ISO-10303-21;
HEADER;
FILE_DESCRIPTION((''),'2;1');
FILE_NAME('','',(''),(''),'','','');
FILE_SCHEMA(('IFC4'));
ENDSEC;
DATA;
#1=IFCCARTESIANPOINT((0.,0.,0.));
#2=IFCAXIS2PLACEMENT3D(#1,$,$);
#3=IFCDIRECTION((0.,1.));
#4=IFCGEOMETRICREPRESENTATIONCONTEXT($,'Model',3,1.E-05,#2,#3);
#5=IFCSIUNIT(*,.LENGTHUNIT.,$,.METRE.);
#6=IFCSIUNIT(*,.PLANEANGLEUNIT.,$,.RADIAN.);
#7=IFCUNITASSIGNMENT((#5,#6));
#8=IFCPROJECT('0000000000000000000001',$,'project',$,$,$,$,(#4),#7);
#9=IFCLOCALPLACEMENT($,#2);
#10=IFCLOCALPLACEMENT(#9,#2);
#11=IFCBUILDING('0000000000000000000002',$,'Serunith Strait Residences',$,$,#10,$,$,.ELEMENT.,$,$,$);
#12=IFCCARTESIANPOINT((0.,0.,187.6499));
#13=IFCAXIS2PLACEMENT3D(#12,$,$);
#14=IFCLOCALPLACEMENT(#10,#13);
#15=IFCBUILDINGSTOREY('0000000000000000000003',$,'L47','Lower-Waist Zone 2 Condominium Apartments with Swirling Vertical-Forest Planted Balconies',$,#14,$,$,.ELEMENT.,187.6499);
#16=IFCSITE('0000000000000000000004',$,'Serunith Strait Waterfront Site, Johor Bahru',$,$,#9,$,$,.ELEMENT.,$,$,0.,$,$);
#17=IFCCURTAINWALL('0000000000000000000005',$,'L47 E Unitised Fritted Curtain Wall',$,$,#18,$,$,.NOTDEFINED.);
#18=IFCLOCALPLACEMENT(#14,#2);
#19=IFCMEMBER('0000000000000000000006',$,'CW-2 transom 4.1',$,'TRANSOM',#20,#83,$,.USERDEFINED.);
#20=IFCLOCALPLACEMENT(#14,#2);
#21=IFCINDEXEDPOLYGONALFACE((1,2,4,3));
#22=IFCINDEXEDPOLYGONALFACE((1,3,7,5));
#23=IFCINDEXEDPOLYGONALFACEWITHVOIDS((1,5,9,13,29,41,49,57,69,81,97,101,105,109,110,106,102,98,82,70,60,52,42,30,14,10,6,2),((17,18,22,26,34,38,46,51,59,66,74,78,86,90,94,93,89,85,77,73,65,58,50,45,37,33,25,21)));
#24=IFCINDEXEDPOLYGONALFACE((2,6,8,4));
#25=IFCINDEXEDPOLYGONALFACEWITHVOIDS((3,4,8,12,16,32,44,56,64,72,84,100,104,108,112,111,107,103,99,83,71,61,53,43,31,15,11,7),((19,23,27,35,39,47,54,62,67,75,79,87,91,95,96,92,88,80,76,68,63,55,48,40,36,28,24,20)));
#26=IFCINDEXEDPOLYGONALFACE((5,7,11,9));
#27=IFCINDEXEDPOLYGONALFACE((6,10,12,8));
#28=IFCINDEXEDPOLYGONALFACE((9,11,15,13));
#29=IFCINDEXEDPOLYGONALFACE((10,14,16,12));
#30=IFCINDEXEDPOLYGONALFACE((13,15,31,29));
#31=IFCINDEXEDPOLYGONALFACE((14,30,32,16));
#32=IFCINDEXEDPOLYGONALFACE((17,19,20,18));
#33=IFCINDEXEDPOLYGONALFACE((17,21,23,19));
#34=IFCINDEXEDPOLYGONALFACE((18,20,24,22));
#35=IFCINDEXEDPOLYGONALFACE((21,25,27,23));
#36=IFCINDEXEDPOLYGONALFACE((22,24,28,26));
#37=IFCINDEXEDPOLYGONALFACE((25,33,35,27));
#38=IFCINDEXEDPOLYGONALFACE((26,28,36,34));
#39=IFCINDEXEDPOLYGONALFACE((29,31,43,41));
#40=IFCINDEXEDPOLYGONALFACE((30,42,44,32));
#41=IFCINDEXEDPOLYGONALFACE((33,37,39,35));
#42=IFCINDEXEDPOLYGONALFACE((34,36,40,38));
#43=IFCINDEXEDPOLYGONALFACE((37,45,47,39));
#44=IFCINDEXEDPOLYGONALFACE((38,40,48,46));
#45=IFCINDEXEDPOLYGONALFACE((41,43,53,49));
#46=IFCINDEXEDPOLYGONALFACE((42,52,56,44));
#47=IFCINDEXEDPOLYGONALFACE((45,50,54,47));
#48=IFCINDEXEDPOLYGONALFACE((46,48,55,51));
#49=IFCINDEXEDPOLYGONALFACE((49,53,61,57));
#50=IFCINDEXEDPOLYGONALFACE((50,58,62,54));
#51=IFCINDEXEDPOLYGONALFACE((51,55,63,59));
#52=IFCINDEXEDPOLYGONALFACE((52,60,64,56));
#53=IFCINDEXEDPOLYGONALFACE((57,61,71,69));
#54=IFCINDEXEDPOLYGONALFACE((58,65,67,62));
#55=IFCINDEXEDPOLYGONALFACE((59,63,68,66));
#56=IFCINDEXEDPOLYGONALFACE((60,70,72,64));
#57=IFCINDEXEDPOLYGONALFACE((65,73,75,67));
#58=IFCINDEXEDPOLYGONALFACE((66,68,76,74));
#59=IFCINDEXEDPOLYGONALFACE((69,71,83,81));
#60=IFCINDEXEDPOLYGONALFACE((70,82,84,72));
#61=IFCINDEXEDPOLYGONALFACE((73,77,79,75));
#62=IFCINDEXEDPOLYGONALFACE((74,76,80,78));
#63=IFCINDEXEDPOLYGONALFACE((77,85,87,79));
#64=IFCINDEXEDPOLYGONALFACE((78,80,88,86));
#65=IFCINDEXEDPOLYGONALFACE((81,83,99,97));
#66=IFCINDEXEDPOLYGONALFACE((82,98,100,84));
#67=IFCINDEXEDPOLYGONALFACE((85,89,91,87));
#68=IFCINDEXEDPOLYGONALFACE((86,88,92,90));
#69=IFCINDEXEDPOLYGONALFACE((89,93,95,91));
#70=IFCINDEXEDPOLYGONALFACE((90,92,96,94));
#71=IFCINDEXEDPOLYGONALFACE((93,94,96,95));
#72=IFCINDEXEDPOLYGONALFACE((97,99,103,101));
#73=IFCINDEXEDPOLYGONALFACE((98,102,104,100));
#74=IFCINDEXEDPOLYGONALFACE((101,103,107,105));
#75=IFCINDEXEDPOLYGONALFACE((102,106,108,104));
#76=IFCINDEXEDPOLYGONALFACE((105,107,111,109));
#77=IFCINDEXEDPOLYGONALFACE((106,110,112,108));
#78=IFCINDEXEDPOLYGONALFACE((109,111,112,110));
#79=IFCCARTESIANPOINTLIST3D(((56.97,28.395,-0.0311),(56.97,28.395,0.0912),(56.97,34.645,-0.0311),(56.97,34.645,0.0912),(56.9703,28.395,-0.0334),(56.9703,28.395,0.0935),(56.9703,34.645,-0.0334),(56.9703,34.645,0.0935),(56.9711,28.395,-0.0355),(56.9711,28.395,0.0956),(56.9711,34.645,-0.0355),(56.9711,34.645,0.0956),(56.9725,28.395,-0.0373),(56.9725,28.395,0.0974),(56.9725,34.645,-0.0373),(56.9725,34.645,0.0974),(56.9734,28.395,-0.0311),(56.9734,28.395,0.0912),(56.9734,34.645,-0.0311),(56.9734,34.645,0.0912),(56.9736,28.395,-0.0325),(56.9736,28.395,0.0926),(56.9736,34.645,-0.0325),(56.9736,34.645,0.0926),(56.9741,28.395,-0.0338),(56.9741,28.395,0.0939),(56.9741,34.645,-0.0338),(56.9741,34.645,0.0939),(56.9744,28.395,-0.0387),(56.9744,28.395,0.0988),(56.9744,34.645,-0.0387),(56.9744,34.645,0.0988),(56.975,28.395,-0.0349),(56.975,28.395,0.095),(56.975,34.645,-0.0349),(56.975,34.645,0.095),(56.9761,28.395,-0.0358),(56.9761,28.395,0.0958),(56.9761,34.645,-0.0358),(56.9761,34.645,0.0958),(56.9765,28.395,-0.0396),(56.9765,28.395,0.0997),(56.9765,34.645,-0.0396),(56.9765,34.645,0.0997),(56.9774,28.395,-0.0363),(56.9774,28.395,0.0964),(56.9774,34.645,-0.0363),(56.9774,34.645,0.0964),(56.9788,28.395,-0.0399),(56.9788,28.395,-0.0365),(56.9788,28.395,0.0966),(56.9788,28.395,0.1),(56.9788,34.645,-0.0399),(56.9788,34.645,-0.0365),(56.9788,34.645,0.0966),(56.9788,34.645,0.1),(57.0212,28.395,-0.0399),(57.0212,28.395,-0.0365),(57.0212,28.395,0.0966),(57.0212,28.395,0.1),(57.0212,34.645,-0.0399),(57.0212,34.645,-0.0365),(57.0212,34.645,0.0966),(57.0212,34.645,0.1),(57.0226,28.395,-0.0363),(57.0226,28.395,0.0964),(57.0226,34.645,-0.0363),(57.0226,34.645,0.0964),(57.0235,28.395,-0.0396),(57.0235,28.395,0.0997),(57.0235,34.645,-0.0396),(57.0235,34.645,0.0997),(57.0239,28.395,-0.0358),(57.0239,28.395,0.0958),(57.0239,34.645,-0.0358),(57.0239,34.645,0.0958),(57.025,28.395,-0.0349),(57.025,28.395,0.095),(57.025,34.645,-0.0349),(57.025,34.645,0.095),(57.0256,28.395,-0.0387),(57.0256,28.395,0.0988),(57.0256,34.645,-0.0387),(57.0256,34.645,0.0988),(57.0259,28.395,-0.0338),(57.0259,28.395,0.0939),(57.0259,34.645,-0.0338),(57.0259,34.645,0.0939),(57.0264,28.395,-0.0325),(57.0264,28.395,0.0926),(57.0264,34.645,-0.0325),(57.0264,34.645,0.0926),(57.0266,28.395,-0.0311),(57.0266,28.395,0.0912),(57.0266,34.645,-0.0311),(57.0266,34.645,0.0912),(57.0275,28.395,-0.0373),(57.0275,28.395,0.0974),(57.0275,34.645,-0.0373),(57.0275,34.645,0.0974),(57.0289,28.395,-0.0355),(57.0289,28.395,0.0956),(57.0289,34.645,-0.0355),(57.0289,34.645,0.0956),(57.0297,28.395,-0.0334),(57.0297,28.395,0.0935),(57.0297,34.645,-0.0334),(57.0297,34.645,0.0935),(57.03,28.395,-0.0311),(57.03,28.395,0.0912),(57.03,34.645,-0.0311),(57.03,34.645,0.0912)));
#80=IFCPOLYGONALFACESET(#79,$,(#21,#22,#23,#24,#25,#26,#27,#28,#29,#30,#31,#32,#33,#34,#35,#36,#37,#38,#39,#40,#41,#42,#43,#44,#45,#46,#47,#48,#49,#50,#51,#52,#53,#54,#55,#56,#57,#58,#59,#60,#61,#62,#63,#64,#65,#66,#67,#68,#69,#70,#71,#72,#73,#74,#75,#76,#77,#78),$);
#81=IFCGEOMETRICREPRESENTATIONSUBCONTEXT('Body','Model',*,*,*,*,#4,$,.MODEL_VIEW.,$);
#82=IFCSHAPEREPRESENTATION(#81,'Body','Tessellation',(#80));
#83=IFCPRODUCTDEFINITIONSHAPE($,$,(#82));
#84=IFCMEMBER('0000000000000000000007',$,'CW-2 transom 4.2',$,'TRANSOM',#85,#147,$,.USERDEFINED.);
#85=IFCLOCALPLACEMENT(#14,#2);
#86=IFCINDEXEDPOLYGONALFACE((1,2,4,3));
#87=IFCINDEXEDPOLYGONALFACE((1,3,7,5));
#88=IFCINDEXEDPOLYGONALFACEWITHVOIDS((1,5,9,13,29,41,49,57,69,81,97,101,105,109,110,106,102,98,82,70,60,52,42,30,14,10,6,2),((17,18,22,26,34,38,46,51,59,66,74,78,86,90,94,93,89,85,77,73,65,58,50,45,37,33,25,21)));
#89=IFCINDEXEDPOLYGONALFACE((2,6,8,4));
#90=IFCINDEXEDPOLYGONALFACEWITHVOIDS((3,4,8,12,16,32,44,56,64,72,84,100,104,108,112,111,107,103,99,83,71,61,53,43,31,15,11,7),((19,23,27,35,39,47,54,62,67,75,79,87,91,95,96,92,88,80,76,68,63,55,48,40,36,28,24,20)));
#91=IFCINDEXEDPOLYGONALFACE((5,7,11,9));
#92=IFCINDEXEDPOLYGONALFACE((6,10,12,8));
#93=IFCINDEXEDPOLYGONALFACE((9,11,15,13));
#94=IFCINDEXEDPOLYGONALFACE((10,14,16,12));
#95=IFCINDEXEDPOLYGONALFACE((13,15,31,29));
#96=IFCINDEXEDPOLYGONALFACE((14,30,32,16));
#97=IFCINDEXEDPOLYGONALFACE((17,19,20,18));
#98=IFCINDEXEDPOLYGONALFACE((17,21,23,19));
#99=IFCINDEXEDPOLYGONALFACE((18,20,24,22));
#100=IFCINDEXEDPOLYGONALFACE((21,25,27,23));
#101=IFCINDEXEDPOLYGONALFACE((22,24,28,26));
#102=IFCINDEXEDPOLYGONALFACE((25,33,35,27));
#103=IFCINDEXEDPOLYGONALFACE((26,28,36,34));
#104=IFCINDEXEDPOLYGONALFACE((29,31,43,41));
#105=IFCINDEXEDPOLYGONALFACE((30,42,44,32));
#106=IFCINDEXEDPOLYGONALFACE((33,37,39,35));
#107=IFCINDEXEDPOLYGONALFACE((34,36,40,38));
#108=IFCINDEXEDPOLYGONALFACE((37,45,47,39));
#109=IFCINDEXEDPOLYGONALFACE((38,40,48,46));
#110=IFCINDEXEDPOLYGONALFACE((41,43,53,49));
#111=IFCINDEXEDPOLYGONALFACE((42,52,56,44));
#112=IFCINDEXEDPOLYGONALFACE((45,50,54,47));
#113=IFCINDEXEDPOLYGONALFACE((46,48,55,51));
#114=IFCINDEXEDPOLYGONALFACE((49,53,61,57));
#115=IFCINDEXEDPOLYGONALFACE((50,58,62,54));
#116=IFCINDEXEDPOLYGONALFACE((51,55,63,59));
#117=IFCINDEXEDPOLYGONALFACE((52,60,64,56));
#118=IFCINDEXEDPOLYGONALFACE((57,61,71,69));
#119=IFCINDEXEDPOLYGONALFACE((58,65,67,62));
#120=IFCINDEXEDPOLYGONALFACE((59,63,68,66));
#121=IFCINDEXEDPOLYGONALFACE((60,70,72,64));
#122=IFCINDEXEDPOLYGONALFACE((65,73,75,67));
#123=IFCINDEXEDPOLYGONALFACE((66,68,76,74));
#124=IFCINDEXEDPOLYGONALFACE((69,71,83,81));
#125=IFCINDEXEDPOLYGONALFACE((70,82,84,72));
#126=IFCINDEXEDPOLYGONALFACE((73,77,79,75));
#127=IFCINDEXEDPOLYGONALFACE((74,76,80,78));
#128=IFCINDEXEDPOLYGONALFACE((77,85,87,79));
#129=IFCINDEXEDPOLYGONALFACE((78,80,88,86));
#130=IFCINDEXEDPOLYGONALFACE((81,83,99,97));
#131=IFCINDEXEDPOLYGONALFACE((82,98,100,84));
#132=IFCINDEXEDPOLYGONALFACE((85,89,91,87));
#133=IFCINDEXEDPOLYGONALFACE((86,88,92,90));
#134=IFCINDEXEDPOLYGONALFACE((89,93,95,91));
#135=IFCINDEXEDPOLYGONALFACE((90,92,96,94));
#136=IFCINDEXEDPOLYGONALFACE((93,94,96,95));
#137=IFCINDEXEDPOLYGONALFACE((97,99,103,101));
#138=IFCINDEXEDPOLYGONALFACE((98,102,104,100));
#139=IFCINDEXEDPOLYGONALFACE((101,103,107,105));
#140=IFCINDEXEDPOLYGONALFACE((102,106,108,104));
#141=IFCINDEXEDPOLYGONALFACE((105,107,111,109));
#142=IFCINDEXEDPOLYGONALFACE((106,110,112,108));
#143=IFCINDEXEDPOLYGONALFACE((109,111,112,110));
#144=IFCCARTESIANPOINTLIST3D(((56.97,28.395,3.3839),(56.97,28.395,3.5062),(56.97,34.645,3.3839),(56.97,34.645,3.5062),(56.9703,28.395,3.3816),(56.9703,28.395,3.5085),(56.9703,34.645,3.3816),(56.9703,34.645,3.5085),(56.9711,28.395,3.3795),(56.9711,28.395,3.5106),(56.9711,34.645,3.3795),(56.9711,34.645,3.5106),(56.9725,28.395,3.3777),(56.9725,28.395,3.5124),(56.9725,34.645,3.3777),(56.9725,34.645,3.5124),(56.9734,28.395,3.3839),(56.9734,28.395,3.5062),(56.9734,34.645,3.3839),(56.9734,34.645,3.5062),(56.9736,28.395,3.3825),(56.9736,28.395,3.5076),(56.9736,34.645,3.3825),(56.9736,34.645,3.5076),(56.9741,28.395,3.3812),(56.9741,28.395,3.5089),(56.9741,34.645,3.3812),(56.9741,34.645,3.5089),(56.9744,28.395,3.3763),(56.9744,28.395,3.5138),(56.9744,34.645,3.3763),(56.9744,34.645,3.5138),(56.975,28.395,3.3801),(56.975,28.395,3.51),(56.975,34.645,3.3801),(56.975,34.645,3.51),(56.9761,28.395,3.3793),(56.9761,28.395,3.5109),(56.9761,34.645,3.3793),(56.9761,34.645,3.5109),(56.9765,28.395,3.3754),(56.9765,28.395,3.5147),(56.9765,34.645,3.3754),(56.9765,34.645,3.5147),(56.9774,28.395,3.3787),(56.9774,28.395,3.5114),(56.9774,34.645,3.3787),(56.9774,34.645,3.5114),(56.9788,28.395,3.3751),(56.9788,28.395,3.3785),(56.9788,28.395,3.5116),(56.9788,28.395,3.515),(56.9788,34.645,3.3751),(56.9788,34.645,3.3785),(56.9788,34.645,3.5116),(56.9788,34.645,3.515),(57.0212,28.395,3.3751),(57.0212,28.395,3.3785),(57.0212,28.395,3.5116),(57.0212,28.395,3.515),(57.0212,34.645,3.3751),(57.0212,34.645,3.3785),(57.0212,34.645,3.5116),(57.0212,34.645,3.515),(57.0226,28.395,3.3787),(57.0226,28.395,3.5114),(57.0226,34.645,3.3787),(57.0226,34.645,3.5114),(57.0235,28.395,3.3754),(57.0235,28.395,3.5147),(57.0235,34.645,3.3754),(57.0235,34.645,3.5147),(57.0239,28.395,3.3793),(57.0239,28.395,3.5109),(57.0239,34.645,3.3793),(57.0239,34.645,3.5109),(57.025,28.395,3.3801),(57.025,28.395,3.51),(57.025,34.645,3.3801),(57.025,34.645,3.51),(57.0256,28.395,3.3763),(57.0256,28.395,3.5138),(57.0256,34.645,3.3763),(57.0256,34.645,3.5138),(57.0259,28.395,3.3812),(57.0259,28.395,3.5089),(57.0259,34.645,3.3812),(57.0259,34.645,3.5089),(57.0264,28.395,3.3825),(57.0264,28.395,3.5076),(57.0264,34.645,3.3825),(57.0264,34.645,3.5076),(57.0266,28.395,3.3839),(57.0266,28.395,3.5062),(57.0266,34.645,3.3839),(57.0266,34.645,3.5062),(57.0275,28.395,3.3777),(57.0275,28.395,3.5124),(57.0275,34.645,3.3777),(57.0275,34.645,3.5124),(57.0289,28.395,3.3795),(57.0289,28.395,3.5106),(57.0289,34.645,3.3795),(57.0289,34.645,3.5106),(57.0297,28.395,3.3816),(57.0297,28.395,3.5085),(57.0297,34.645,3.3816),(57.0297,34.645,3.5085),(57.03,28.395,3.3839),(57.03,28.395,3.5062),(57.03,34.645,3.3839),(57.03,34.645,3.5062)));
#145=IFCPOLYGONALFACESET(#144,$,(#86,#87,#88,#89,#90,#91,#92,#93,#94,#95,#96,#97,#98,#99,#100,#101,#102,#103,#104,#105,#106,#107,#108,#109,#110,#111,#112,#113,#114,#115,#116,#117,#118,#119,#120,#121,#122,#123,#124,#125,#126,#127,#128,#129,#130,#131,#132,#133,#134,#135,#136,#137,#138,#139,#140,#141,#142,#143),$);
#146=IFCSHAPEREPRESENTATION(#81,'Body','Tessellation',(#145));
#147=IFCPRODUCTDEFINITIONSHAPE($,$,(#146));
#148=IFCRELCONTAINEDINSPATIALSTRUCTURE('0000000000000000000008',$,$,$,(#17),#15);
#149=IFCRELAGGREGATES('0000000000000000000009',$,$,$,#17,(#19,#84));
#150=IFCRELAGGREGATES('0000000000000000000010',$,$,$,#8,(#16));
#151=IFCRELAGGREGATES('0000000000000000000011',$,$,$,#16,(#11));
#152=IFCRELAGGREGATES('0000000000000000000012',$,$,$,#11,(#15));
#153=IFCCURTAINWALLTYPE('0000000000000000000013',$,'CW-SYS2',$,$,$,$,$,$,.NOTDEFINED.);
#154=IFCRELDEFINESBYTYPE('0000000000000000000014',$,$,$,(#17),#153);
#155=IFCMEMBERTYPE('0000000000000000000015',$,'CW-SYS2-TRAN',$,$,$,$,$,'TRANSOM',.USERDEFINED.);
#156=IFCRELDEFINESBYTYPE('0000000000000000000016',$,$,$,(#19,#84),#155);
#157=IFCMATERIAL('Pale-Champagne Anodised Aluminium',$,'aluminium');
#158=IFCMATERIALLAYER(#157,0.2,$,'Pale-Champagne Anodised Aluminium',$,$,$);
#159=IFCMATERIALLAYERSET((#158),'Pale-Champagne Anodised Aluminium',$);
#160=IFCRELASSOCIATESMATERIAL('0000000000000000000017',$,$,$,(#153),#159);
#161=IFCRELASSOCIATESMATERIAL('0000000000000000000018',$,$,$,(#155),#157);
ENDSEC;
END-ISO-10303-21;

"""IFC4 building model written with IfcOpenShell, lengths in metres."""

from ifc_helpers import new_model, si_unit, direction, frame, origin, origin_2d, place, context, subcontext, project, spatial, hollow_rectangle, extrude, source, transform, mapped, material, layer, layer_set, material_profile, profile_set, type_object, element, aggregate, save


model = new_model("IFC4")

# Units and contexts
model_context = context("Model", 3, precision=1e-05, world=origin(), true_north=direction((0.0, 1.0)))
body_context = subcontext(model_context, "Body", "Model", "MODEL_VIEW")
ifc_project = project(units=[si_unit("LENGTHUNIT", "METRE"), si_unit("PLANEANGLEUNIT", "RADIAN")], contexts=[model_context])

# Site, building, storey
site_placement = place(None, origin())
site = spatial("IfcSite", under=ifc_project, at=site_placement, Name="Serunith Strait Waterfront Site, Johor Bahru", CompositionType="ELEMENT", RefElevation=0.0)
building_placement = place(site_placement, origin())
building = spatial("IfcBuilding", under=site, at=building_placement, Name="Serunith Strait Residences", CompositionType="ELEMENT")
storey_placement = place(building_placement, frame((0.0, 0.0, 187.6499)))
storey = spatial("IfcBuildingStorey", under=building, at=storey_placement, Name="L47", Description="Lower-Waist Zone 2 Condominium Apartments with Swirling Vertical-Forest Planted Balconies", CompositionType="ELEMENT", Elevation=187.6499)

# Curtain wall, members
ifc_material_1 = material(Name="Pale-Champagne Anodised Aluminium", Category="aluminium")
ifc_layer_1 = layer(ifc_material_1, 0.2, Name="Pale-Champagne Anodised Aluminium")
ifc_layer_set_1 = layer_set([ifc_layer_1], Name="Pale-Champagne Anodised Aluminium")
curtain_wall_type = type_object("IfcCurtainWallType", Name="CW-SYS2", PredefinedType="NOTDEFINED", material=ifc_layer_set_1)
curtain_wall_placement = place(storey_placement, origin())
curtain_wall = element("IfcCurtainWall", 1, at=curtain_wall_placement, inside=storey, type_object=curtain_wall_type, Name="L47 E Unitised Fritted Curtain Wall", PredefinedType="NOTDEFINED")
ifc_material_profile_1 = material_profile(ifc_material_1, hollow_rectangle(XDim=0.0601, YDim=0.1399, WallThickness=0.0034, InnerFilletRadius=0.0054, OuterFilletRadius=0.0088, at=origin_2d()), Name="ALU 140x60x3.5")
ifc_profile_set_1 = profile_set([ifc_material_profile_1], Name="Pale-Champagne Anodised Aluminium")
member_type_1 = type_object("IfcMemberType", Name="CW-SYS2-TRAN", ElementType="TRANSOM", PredefinedType="USERDEFINED", material=ifc_profile_set_1)
shared_shape_1 = source(origin(), body_context, "Body", "SweptSolid", [
    extrude(hollow_rectangle(XDim=0.0601, YDim=0.1399, WallThickness=0.0034, InnerFilletRadius=0.0054, OuterFilletRadius=0.0088, at=origin_2d()), origin(), (0.0, 0.0, 1.0), 6.25),
])
member_1_placement = place(storey_placement, frame((57.0, 28.395, 0.03), z_axis=(0.0, 1.0, 0.0), x_axis=(-1.0, 0.0, 0.0)))
member_1 = element("IfcMember", 2, at=member_1_placement, type_object=member_type_1, Name="CW-2 transom 4.1", ObjectType="TRANSOM", PredefinedType="USERDEFINED", context=body_context, shape_type="MappedRepresentation", body=[
    mapped(shared_shape_1, transform((0.0, 0.0, 0.0), scale=1.0)),
])
member_2_placement = place(storey_placement, frame((57.0, 28.395, 3.4451), z_axis=(0.0, 1.0, 0.0), x_axis=(-1.0, 0.0, 0.0)))
member_2 = element("IfcMember", 3, at=member_2_placement, type_object=member_type_1, Name="CW-2 transom 4.2", ObjectType="TRANSOM", PredefinedType="USERDEFINED", context=body_context, shape_type="MappedRepresentation", body=[
    mapped(shared_shape_1, transform((0.0, 0.0, 0.0), scale=1.0)),
])
aggregate(curtain_wall, [member_1, member_2])

save(model, "model.ifc")
